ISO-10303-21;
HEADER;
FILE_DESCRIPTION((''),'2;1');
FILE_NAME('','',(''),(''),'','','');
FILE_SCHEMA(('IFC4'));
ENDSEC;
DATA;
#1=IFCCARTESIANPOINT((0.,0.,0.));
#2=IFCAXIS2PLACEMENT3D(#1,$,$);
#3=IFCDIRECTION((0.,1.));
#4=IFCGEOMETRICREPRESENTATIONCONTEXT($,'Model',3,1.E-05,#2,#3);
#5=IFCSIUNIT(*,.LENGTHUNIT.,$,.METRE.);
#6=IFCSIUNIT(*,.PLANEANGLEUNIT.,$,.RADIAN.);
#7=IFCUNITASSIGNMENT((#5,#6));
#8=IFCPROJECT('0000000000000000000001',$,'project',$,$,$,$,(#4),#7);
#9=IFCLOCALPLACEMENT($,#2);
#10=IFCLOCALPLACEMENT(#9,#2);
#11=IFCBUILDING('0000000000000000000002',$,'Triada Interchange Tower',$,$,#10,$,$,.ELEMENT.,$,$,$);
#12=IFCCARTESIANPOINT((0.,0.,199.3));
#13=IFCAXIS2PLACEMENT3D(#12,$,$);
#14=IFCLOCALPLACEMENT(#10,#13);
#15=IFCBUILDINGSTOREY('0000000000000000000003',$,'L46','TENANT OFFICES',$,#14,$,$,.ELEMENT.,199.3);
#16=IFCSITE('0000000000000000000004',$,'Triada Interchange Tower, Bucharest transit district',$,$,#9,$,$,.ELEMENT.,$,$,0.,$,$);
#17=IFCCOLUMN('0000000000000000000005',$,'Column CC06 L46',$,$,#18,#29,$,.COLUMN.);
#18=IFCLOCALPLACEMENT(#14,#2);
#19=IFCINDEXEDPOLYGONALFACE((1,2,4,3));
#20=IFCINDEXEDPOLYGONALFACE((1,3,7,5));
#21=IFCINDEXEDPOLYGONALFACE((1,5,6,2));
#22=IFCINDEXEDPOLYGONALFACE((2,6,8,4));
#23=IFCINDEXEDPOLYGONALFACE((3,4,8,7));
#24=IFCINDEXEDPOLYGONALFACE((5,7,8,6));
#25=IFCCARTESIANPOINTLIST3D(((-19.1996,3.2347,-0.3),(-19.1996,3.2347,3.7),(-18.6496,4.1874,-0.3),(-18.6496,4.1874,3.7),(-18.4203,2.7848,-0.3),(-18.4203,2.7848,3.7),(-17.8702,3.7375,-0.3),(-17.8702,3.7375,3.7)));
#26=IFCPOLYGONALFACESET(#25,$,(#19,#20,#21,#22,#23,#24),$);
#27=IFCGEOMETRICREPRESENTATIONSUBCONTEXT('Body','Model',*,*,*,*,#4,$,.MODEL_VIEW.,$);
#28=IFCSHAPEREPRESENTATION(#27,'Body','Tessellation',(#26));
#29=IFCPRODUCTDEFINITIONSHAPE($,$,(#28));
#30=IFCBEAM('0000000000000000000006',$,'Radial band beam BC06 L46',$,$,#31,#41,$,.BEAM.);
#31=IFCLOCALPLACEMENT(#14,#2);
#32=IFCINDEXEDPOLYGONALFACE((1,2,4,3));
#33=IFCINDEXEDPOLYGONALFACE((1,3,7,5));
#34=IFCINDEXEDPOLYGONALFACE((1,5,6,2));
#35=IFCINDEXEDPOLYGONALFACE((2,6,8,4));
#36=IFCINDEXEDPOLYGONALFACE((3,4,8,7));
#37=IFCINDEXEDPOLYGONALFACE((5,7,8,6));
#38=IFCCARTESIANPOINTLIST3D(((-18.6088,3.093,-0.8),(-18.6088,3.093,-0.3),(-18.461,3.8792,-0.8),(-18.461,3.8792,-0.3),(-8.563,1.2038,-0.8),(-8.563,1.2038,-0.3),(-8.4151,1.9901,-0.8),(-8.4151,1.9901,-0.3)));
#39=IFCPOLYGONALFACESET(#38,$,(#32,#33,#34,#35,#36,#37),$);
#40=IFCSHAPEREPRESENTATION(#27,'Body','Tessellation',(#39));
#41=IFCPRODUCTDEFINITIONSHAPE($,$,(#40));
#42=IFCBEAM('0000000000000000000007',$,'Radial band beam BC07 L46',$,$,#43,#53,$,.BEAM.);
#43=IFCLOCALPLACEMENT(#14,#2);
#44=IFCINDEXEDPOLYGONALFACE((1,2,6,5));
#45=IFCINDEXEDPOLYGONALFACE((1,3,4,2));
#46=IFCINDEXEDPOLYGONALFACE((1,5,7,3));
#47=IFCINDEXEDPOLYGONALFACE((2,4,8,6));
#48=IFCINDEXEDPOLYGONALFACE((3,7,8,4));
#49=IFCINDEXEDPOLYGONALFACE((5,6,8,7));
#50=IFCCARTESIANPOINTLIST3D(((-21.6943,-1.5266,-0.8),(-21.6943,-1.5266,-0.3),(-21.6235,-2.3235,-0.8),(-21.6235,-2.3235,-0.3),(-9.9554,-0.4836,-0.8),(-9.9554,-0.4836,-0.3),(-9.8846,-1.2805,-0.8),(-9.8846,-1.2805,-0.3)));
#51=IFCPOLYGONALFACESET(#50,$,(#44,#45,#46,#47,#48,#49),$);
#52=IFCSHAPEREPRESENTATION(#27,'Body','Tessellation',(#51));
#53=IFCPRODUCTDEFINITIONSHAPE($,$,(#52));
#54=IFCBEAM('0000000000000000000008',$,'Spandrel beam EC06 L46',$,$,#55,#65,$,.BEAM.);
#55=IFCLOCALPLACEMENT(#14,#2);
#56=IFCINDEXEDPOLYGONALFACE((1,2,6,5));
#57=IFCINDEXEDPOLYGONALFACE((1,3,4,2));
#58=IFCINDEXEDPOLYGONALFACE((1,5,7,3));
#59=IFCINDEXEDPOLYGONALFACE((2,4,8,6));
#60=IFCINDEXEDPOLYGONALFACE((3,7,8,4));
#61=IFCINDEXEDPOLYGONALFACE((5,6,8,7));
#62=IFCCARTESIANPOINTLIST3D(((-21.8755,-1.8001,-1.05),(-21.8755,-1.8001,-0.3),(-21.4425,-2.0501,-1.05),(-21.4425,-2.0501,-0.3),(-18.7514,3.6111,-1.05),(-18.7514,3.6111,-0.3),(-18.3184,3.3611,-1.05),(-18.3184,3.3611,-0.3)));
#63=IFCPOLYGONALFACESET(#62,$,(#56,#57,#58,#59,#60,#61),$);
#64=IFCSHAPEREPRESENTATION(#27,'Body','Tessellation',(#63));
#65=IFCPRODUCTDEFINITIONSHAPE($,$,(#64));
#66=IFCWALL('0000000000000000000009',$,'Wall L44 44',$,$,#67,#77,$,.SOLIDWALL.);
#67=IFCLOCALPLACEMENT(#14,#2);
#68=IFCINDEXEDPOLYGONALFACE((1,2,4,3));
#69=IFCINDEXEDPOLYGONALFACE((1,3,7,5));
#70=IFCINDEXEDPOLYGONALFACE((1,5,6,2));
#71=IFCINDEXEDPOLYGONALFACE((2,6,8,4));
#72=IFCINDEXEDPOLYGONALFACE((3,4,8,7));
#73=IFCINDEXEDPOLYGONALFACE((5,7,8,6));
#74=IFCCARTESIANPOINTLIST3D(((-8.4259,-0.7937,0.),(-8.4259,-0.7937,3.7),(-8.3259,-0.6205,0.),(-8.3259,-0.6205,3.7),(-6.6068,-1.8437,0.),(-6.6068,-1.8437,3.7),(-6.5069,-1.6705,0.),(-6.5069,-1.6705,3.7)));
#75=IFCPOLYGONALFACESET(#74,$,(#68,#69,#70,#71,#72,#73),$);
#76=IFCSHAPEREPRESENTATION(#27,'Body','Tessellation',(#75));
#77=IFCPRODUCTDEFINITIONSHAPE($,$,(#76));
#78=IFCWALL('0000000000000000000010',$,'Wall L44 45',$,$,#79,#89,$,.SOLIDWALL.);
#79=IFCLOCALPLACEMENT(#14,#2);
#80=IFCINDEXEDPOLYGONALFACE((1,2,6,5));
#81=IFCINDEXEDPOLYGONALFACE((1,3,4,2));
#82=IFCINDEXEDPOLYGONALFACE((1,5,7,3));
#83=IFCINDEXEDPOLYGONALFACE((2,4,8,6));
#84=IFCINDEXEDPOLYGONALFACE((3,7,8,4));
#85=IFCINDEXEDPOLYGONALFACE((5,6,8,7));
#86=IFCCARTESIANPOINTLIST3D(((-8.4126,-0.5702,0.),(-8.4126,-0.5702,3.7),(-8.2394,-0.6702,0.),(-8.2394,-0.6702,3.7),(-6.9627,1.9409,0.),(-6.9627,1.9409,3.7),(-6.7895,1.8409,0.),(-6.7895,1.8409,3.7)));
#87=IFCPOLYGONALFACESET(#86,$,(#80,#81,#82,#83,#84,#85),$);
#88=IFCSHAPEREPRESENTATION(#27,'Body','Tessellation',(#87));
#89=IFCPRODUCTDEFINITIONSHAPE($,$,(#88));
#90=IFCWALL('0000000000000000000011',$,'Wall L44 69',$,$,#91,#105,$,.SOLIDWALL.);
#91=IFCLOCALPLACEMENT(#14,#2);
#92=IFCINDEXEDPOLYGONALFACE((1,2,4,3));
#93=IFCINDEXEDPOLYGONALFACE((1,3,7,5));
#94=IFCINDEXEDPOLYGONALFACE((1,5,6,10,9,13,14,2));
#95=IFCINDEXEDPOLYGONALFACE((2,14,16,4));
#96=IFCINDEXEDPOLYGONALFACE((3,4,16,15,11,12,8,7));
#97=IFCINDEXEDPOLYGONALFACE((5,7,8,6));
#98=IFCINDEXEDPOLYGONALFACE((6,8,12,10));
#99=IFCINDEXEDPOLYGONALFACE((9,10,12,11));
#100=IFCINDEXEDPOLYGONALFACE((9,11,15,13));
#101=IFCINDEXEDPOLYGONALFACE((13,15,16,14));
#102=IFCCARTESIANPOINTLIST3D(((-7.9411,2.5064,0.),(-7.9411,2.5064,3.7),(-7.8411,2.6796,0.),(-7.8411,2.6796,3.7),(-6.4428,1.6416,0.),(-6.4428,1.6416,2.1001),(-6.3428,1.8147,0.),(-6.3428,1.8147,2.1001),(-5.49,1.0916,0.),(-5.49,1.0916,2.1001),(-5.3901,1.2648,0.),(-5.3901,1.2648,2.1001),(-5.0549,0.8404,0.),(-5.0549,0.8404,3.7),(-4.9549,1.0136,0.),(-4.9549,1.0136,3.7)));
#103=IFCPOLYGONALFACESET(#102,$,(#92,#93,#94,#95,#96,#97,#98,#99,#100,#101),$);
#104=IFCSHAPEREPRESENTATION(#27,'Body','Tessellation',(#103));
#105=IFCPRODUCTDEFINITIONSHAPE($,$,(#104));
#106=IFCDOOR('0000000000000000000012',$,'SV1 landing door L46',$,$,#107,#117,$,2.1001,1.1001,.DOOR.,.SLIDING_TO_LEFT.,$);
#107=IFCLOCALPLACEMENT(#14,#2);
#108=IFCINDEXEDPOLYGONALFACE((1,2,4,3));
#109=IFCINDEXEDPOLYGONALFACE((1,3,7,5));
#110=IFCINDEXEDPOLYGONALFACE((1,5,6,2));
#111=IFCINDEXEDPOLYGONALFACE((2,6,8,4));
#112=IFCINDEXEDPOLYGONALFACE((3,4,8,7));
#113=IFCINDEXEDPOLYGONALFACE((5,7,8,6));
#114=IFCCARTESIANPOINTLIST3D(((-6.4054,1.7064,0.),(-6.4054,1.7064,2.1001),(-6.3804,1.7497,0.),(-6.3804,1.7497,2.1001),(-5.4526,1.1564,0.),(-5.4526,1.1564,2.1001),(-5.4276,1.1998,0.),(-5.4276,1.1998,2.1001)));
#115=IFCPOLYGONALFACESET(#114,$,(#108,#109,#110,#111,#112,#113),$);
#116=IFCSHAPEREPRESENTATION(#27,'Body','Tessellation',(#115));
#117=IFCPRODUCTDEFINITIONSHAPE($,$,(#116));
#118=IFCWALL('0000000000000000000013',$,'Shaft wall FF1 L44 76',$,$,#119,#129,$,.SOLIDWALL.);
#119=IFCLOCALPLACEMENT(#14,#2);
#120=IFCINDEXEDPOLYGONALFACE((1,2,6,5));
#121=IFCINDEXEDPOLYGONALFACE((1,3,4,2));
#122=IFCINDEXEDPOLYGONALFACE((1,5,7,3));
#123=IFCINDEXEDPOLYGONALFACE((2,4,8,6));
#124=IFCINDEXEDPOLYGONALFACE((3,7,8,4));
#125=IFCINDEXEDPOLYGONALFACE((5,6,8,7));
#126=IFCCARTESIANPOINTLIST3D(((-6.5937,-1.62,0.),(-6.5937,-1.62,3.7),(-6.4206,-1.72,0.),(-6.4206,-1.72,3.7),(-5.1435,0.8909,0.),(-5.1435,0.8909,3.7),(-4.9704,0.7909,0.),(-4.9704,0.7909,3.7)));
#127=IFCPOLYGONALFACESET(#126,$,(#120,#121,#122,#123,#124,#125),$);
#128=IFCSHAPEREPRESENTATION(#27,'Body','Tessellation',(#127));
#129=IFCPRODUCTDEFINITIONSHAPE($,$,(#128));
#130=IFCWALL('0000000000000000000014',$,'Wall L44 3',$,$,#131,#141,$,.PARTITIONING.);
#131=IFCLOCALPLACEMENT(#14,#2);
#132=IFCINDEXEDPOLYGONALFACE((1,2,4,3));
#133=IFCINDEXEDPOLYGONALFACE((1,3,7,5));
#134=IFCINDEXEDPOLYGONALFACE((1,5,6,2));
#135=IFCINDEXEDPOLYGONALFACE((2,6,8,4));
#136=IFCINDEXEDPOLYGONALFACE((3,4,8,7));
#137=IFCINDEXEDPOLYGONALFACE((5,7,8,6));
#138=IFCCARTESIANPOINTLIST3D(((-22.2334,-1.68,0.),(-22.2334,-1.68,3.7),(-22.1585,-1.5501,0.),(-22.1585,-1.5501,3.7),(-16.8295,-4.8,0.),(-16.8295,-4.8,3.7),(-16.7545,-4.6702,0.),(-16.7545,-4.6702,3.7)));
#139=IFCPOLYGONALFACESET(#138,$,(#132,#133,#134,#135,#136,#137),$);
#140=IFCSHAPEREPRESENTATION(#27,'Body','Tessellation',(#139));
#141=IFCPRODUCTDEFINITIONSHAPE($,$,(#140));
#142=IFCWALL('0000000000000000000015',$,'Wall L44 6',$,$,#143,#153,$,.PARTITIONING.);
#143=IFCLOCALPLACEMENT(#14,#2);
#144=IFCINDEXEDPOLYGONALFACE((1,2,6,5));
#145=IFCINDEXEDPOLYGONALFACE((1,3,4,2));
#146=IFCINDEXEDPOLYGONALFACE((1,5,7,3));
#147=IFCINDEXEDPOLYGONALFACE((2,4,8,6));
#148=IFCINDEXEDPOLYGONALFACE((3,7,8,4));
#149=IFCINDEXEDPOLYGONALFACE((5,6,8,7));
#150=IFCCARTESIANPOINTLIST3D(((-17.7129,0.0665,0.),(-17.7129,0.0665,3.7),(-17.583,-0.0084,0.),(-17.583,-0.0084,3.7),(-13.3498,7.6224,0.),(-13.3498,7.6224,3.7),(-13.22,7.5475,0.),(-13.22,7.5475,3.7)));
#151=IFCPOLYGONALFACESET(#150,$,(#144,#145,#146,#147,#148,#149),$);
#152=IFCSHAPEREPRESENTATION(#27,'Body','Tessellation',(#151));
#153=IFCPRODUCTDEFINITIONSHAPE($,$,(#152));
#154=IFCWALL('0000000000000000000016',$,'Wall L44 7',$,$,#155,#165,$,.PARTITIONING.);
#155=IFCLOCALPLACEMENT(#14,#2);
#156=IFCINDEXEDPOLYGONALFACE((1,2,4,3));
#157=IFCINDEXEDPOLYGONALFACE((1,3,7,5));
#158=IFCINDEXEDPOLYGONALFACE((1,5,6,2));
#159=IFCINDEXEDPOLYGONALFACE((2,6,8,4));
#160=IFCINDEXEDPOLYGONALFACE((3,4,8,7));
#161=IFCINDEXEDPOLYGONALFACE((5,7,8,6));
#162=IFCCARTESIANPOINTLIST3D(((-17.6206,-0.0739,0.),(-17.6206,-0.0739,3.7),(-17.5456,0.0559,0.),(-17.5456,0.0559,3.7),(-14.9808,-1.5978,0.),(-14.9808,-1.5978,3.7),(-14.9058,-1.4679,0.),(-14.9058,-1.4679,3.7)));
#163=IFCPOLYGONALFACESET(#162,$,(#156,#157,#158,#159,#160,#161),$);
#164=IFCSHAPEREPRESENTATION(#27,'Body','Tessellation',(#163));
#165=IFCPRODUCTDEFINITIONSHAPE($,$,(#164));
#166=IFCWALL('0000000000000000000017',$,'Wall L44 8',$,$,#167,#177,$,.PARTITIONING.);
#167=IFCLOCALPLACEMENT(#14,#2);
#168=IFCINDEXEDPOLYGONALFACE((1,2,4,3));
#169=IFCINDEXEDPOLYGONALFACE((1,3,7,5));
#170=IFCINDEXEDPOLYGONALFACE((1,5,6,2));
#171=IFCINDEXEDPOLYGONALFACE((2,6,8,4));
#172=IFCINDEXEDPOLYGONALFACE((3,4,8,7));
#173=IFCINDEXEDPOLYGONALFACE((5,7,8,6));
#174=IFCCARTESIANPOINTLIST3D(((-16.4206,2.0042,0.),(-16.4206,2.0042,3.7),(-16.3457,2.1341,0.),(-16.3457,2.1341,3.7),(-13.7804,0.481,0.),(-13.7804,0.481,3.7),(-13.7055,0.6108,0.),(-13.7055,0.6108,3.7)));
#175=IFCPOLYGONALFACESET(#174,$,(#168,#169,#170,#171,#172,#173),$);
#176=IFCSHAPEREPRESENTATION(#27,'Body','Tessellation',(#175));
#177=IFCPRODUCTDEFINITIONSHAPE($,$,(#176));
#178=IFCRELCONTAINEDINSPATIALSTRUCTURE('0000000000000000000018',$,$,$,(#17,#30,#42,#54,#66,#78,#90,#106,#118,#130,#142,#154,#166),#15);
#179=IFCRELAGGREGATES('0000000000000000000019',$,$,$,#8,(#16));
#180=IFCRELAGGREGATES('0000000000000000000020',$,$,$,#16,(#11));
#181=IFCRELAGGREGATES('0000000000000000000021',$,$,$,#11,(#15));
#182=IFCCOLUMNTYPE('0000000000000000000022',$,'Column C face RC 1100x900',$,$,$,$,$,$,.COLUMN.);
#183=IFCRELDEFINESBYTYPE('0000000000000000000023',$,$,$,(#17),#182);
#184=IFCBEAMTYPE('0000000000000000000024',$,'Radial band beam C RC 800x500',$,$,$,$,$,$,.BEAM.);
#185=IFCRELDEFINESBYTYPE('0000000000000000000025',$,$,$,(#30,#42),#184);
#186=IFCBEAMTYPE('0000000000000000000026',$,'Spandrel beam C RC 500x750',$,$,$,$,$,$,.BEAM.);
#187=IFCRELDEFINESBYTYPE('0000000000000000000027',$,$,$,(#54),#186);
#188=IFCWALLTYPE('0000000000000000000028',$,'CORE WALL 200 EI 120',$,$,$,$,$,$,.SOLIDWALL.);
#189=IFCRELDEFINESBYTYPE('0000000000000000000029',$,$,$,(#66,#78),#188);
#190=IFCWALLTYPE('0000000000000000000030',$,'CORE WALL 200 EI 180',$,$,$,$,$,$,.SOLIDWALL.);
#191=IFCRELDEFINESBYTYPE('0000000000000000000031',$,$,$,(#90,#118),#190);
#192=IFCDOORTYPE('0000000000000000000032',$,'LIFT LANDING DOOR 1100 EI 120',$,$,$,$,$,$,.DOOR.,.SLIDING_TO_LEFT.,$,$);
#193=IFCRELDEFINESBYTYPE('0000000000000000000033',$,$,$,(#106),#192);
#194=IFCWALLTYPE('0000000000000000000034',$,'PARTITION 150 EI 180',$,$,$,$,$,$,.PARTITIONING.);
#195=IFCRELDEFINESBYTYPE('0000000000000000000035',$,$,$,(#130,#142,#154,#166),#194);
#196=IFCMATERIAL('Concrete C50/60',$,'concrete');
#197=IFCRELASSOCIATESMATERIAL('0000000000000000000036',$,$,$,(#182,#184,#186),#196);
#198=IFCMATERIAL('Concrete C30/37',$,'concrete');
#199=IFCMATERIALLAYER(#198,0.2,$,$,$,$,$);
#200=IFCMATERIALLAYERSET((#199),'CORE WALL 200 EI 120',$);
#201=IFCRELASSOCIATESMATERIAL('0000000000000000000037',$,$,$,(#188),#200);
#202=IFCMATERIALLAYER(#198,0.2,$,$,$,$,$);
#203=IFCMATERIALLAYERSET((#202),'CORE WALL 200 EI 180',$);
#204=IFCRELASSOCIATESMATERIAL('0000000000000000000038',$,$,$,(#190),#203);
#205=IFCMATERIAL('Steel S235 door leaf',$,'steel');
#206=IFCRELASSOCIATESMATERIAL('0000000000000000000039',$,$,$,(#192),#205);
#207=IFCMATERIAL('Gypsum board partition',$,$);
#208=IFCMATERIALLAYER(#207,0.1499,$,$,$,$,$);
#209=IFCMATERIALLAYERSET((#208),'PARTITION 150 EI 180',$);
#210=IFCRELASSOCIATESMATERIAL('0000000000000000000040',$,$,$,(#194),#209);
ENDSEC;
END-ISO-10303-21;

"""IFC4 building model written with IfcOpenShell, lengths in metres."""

from ifc_helpers import new_model, si_unit, direction, frame, frame_2d, origin, origin_2d, place, context, subcontext, project, spatial, rectangle, extrude, material, layer, layer_set, material_profile, profile_set, type_object, element, fill, save


model = new_model("IFC4")

# Units and contexts
model_context = context("Model", 3, precision=1e-05, world=origin(), true_north=direction((0.0, 1.0)))
body_context = subcontext(model_context, "Body", "Model", "MODEL_VIEW")
ifc_project = project(units=[si_unit("LENGTHUNIT", "METRE"), si_unit("PLANEANGLEUNIT", "RADIAN")], contexts=[model_context])

# Site, building, storey
site_placement = place(None, origin())
site = spatial("IfcSite", under=ifc_project, at=site_placement, Name="Triada Interchange Tower, Bucharest transit district", CompositionType="ELEMENT", RefElevation=0.0)
building_placement = place(site_placement, origin())
building = spatial("IfcBuilding", under=site, at=building_placement, Name="Triada Interchange Tower", CompositionType="ELEMENT")
storey_placement = place(building_placement, frame((0.0, 0.0, 199.3)))
storey = spatial("IfcBuildingStorey", under=building, at=storey_placement, Name="L46", Description="TENANT OFFICES", CompositionType="ELEMENT", Elevation=199.3)

# Column
ifc_material_1 = material(Name="Concrete C50/60", Category="concrete")
ifc_material_profile_1 = material_profile(ifc_material_1, rectangle(XDim=1.1001, YDim=0.8999, at=origin_2d()), Name="RC 1100x900")
ifc_profile_set_1 = profile_set([ifc_material_profile_1], Name="Concrete C50/60")
column_type = type_object("IfcColumnType", Name="Column C face RC 1100x900", PredefinedType="COLUMN", material=ifc_profile_set_1)
column_placement = place(storey_placement, frame((-18.5349, 3.4861, -0.3), z_axis=(0.0, 0.0, 1.0), x_axis=(0.5, 0.866025, 0.0)))
element("IfcColumn", 1, at=column_placement, inside=storey, type_object=column_type, Name="Column CC06 L46", PredefinedType="COLUMN", context=body_context, shape_type="SweptSolid", body=[
    extrude(rectangle(XDim=1.1001, YDim=0.8999, at=origin_2d()), origin(), (0.0, 0.0, 1.0), 4.0),
])

# Beams
ifc_material_profile_2 = material_profile(ifc_material_1, rectangle(XDim=0.8, YDim=0.5, at=origin_2d()), Name="RC 800x500")
ifc_profile_set_2 = profile_set([ifc_material_profile_2], Name="Concrete C50/60")
beam_type_1 = type_object("IfcBeamType", Name="Radial band beam C RC 800x500", PredefinedType="BEAM", material=ifc_profile_set_2)
beam_1_placement = place(storey_placement, frame((-18.5349, 3.4861, -0.55), z_axis=(0.982774, -0.184813, 0.0), x_axis=(0.184813, 0.982774, 0.0)))
element("IfcBeam", 2, at=beam_1_placement, inside=storey, type_object=beam_type_1, Name="Radial band beam BC06 L46", PredefinedType="BEAM", context=body_context, shape_type="SweptSolid", body=[
    extrude(rectangle(XDim=0.8, YDim=0.5, at=origin_2d()), origin(), (0.0, 0.0, 1.0), 10.2219),
])
beam_2_placement = place(storey_placement, frame((-21.6589, -1.925, -0.55), z_axis=(0.996076, 0.088498, 0.0), x_axis=(-0.088498, 0.996076, 0.0)))
element("IfcBeam", 3, at=beam_2_placement, inside=storey, type_object=beam_type_1, Name="Radial band beam BC07 L46", PredefinedType="BEAM", context=body_context, shape_type="SweptSolid", body=[
    extrude(rectangle(XDim=0.8, YDim=0.5, at=origin_2d()), origin(), (0.0, 0.0, 1.0), 11.7852),
])
ifc_material_profile_3 = material_profile(ifc_material_1, rectangle(XDim=0.5, YDim=0.75, at=origin_2d()), Name="RC 500x750")
ifc_profile_set_3 = profile_set([ifc_material_profile_3], Name="Concrete C50/60")
beam_type_2 = type_object("IfcBeamType", Name="Spandrel beam C RC 500x750", PredefinedType="BEAM", material=ifc_profile_set_3)
beam_3_placement = place(storey_placement, frame((-18.5349, 3.4861, -0.675), z_axis=(-0.499989, -0.866032, 0.0), x_axis=(0.866032, -0.499989, 0.0)))
element("IfcBeam", 4, at=beam_3_placement, inside=storey, type_object=beam_type_2, Name="Spandrel beam EC06 L46", PredefinedType="BEAM", context=body_context, shape_type="SweptSolid", body=[
    extrude(rectangle(XDim=0.5, YDim=0.75, at=origin_2d()), origin(), (0.0, 0.0, 1.0), 6.2483),
])

# Walls
ifc_material_2 = material(Name="Concrete C30/37", Category="concrete")
ifc_layer_1 = layer(ifc_material_2, 0.2)
ifc_layer_set_1 = layer_set([ifc_layer_1], Name="CORE WALL 200 EI 120")
wall_type_1 = type_object("IfcWallType", Name="CORE WALL 200 EI 120", PredefinedType="SOLIDWALL", material=ifc_layer_set_1)
wall_1_placement = place(storey_placement, frame((-8.376, -0.707, 0.0), z_axis=(0.0, 0.0, 1.0), x_axis=(0.866068, -0.499927, 0.0)))
element("IfcWall", 5, at=wall_1_placement, inside=storey, type_object=wall_type_1, Name="Wall L44 44", PredefinedType="SOLIDWALL", context=body_context, shape_type="SweptSolid", body=[
    extrude(rectangle(XDim=2.1003, YDim=0.2, at=frame_2d((1.0503, 0.0))), origin(), (0.0, 0.0, 1.0), 3.7),
])
wall_2_placement = place(storey_placement, frame((-8.3259, -0.6201, 0.0), z_axis=(0.0, 0.0, 1.0), x_axis=(0.500024, 0.866012, 0.0)))
element("IfcWall", 6, at=wall_2_placement, inside=storey, type_object=wall_type_1, Name="Wall L44 45", PredefinedType="SOLIDWALL", context=body_context, shape_type="SweptSolid", body=[
    extrude(rectangle(XDim=2.8997, YDim=0.2, at=frame_2d((1.4497, 0.0))), origin(), (0.0, 0.0, 1.0), 3.7),
])

# Wall, opening, door
ifc_layer_2 = layer(ifc_material_2, 0.2)
ifc_layer_set_2 = layer_set([ifc_layer_2], Name="CORE WALL 200 EI 180")
wall_type_2 = type_object("IfcWallType", Name="CORE WALL 200 EI 180", PredefinedType="SOLIDWALL", material=ifc_layer_set_2)
wall_3_placement = place(storey_placement, frame((-7.8911, 2.593, 0.0), z_axis=(0.0, 0.0, 1.0), x_axis=(0.866071, -0.499921, 0.0)))
wall_3 = element("IfcWall", 7, at=wall_3_placement, inside=storey, type_object=wall_type_2, Name="Wall L44 69", PredefinedType="SOLIDWALL", context=body_context, shape_type="SweptSolid", body=[
    extrude(rectangle(XDim=3.3325, YDim=0.2, at=frame_2d((1.6663, 0.0))), origin(), (0.0, 0.0, 1.0), 3.7),
])
opening_placement = place(wall_3_placement, frame((1.73, 0.0, 0.0)))
opening = element("IfcOpeningElement", 8, at=opening_placement, cuts=wall_3, PredefinedType="OPENING", context=body_context, shape_type="SweptSolid", body=[
    extrude(rectangle(XDim=1.1001, YDim=2.1001, at=frame_2d((0.55, 1.05))), frame((0.0, 0.1099, 0.0), z_axis=(0.0, -1.0, 0.0), x_axis=(1.0, 0.0, 0.0)), (0.0, 0.0, 1.0), 0.22),
])
ifc_material_3 = material(Name="Steel S235 door leaf", Category="steel")
door_type = type_object("IfcDoorType", Name="LIFT LANDING DOOR 1100 EI 120", OperationType="SLIDING_TO_LEFT", PredefinedType="DOOR", material=ifc_material_3)
door_placement = place(opening_placement, origin())
door = element("IfcDoor", 9, at=door_placement, inside=storey, type_object=door_type, Name="SV1 landing door L46", OperationType="SLIDING_TO_LEFT", OverallHeight=2.1001, OverallWidth=1.1001, PredefinedType="DOOR", context=body_context, shape_type="SweptSolid", body=[
    extrude(rectangle(XDim=1.1001, YDim=2.1001, at=frame_2d((0.55, 1.05))), frame((0.0, 0.0249, 0.0), z_axis=(0.0, -1.0, 0.0), x_axis=(1.0, 0.0, 0.0)), (0.0, 0.0, 1.0), 0.05),
])
fill(opening, door)

# Walls
wall_4_placement = place(storey_placement, frame((-6.5071, -1.6699, 0.0), z_axis=(0.0, 0.0, 1.0), x_axis=(0.500123, 0.865954, 0.0)))
element("IfcWall", 10, at=wall_4_placement, inside=storey, type_object=wall_type_2, Name="Shaft wall FF1 L44 76", PredefinedType="SOLIDWALL", context=body_context, shape_type="SweptSolid", body=[
    extrude(rectangle(XDim=2.8997, YDim=0.2, at=frame_2d((1.4497, 0.0))), origin(), (0.0, 0.0, 1.0), 3.7),
])
ifc_material_4 = material(Name="Gypsum board partition")
ifc_layer_3 = layer(ifc_material_4, 0.1499)
ifc_layer_set_3 = layer_set([ifc_layer_3], Name="PARTITION 150 EI 180")
wall_type_3 = type_object("IfcWallType", Name="PARTITION 150 EI 180", PredefinedType="PARTITIONING", material=ifc_layer_set_3)
wall_5_placement = place(storey_placement, frame((-22.196, -1.615, 0.0), z_axis=(0.0, 0.0, 1.0), x_axis=(0.866019, -0.50001, 0.0)))
element("IfcWall", 11, at=wall_5_placement, inside=storey, type_object=wall_type_3, Name="Wall L44 3", PredefinedType="PARTITIONING", context=body_context, shape_type="SweptSolid", body=[
    extrude(rectangle(XDim=6.24, YDim=0.1499, at=frame_2d((3.1201, 0.0))), origin(), (0.0, 0.0, 1.0), 3.7),
])
wall_6_placement = place(storey_placement, frame((-17.6479, 0.0291, 0.0), z_axis=(0.0, 0.0, 1.0), x_axis=(0.500054, 0.865994, 0.0)))
element("IfcWall", 12, at=wall_6_placement, inside=storey, type_object=wall_type_3, Name="Wall L44 6", PredefinedType="PARTITIONING", context=body_context, shape_type="SweptSolid", body=[
    extrude(rectangle(XDim=8.7251, YDim=0.1499, at=frame_2d((4.3625, 0.0))), origin(), (0.0, 0.0, 1.0), 3.7),
])
for number, where, z_axis, x_axis, name in (
    (13, (-17.583, -0.009, 0.0), (0.0, 0.0, 1.0), (0.866056, -0.499947, 0.0), "Wall L44 7"),
    (14, (-16.3831, 2.0691, 0.0), (0.0, 0.0, 1.0), (0.86618, -0.499732, 0.0), "Wall L44 8"),
):
    element("IfcWall", number, at=place(storey_placement, frame(where, z_axis=z_axis, x_axis=x_axis)), inside=storey, type_object=wall_type_3, Name=name, PredefinedType="PARTITIONING", context=body_context, shape_type="SweptSolid", body=[
        extrude(rectangle(XDim=3.0481, YDim=0.1499, at=frame_2d((1.5239, 0.0))), origin(), (0.0, 0.0, 1.0), 3.7),
    ])

save(model, "model.ifc")
